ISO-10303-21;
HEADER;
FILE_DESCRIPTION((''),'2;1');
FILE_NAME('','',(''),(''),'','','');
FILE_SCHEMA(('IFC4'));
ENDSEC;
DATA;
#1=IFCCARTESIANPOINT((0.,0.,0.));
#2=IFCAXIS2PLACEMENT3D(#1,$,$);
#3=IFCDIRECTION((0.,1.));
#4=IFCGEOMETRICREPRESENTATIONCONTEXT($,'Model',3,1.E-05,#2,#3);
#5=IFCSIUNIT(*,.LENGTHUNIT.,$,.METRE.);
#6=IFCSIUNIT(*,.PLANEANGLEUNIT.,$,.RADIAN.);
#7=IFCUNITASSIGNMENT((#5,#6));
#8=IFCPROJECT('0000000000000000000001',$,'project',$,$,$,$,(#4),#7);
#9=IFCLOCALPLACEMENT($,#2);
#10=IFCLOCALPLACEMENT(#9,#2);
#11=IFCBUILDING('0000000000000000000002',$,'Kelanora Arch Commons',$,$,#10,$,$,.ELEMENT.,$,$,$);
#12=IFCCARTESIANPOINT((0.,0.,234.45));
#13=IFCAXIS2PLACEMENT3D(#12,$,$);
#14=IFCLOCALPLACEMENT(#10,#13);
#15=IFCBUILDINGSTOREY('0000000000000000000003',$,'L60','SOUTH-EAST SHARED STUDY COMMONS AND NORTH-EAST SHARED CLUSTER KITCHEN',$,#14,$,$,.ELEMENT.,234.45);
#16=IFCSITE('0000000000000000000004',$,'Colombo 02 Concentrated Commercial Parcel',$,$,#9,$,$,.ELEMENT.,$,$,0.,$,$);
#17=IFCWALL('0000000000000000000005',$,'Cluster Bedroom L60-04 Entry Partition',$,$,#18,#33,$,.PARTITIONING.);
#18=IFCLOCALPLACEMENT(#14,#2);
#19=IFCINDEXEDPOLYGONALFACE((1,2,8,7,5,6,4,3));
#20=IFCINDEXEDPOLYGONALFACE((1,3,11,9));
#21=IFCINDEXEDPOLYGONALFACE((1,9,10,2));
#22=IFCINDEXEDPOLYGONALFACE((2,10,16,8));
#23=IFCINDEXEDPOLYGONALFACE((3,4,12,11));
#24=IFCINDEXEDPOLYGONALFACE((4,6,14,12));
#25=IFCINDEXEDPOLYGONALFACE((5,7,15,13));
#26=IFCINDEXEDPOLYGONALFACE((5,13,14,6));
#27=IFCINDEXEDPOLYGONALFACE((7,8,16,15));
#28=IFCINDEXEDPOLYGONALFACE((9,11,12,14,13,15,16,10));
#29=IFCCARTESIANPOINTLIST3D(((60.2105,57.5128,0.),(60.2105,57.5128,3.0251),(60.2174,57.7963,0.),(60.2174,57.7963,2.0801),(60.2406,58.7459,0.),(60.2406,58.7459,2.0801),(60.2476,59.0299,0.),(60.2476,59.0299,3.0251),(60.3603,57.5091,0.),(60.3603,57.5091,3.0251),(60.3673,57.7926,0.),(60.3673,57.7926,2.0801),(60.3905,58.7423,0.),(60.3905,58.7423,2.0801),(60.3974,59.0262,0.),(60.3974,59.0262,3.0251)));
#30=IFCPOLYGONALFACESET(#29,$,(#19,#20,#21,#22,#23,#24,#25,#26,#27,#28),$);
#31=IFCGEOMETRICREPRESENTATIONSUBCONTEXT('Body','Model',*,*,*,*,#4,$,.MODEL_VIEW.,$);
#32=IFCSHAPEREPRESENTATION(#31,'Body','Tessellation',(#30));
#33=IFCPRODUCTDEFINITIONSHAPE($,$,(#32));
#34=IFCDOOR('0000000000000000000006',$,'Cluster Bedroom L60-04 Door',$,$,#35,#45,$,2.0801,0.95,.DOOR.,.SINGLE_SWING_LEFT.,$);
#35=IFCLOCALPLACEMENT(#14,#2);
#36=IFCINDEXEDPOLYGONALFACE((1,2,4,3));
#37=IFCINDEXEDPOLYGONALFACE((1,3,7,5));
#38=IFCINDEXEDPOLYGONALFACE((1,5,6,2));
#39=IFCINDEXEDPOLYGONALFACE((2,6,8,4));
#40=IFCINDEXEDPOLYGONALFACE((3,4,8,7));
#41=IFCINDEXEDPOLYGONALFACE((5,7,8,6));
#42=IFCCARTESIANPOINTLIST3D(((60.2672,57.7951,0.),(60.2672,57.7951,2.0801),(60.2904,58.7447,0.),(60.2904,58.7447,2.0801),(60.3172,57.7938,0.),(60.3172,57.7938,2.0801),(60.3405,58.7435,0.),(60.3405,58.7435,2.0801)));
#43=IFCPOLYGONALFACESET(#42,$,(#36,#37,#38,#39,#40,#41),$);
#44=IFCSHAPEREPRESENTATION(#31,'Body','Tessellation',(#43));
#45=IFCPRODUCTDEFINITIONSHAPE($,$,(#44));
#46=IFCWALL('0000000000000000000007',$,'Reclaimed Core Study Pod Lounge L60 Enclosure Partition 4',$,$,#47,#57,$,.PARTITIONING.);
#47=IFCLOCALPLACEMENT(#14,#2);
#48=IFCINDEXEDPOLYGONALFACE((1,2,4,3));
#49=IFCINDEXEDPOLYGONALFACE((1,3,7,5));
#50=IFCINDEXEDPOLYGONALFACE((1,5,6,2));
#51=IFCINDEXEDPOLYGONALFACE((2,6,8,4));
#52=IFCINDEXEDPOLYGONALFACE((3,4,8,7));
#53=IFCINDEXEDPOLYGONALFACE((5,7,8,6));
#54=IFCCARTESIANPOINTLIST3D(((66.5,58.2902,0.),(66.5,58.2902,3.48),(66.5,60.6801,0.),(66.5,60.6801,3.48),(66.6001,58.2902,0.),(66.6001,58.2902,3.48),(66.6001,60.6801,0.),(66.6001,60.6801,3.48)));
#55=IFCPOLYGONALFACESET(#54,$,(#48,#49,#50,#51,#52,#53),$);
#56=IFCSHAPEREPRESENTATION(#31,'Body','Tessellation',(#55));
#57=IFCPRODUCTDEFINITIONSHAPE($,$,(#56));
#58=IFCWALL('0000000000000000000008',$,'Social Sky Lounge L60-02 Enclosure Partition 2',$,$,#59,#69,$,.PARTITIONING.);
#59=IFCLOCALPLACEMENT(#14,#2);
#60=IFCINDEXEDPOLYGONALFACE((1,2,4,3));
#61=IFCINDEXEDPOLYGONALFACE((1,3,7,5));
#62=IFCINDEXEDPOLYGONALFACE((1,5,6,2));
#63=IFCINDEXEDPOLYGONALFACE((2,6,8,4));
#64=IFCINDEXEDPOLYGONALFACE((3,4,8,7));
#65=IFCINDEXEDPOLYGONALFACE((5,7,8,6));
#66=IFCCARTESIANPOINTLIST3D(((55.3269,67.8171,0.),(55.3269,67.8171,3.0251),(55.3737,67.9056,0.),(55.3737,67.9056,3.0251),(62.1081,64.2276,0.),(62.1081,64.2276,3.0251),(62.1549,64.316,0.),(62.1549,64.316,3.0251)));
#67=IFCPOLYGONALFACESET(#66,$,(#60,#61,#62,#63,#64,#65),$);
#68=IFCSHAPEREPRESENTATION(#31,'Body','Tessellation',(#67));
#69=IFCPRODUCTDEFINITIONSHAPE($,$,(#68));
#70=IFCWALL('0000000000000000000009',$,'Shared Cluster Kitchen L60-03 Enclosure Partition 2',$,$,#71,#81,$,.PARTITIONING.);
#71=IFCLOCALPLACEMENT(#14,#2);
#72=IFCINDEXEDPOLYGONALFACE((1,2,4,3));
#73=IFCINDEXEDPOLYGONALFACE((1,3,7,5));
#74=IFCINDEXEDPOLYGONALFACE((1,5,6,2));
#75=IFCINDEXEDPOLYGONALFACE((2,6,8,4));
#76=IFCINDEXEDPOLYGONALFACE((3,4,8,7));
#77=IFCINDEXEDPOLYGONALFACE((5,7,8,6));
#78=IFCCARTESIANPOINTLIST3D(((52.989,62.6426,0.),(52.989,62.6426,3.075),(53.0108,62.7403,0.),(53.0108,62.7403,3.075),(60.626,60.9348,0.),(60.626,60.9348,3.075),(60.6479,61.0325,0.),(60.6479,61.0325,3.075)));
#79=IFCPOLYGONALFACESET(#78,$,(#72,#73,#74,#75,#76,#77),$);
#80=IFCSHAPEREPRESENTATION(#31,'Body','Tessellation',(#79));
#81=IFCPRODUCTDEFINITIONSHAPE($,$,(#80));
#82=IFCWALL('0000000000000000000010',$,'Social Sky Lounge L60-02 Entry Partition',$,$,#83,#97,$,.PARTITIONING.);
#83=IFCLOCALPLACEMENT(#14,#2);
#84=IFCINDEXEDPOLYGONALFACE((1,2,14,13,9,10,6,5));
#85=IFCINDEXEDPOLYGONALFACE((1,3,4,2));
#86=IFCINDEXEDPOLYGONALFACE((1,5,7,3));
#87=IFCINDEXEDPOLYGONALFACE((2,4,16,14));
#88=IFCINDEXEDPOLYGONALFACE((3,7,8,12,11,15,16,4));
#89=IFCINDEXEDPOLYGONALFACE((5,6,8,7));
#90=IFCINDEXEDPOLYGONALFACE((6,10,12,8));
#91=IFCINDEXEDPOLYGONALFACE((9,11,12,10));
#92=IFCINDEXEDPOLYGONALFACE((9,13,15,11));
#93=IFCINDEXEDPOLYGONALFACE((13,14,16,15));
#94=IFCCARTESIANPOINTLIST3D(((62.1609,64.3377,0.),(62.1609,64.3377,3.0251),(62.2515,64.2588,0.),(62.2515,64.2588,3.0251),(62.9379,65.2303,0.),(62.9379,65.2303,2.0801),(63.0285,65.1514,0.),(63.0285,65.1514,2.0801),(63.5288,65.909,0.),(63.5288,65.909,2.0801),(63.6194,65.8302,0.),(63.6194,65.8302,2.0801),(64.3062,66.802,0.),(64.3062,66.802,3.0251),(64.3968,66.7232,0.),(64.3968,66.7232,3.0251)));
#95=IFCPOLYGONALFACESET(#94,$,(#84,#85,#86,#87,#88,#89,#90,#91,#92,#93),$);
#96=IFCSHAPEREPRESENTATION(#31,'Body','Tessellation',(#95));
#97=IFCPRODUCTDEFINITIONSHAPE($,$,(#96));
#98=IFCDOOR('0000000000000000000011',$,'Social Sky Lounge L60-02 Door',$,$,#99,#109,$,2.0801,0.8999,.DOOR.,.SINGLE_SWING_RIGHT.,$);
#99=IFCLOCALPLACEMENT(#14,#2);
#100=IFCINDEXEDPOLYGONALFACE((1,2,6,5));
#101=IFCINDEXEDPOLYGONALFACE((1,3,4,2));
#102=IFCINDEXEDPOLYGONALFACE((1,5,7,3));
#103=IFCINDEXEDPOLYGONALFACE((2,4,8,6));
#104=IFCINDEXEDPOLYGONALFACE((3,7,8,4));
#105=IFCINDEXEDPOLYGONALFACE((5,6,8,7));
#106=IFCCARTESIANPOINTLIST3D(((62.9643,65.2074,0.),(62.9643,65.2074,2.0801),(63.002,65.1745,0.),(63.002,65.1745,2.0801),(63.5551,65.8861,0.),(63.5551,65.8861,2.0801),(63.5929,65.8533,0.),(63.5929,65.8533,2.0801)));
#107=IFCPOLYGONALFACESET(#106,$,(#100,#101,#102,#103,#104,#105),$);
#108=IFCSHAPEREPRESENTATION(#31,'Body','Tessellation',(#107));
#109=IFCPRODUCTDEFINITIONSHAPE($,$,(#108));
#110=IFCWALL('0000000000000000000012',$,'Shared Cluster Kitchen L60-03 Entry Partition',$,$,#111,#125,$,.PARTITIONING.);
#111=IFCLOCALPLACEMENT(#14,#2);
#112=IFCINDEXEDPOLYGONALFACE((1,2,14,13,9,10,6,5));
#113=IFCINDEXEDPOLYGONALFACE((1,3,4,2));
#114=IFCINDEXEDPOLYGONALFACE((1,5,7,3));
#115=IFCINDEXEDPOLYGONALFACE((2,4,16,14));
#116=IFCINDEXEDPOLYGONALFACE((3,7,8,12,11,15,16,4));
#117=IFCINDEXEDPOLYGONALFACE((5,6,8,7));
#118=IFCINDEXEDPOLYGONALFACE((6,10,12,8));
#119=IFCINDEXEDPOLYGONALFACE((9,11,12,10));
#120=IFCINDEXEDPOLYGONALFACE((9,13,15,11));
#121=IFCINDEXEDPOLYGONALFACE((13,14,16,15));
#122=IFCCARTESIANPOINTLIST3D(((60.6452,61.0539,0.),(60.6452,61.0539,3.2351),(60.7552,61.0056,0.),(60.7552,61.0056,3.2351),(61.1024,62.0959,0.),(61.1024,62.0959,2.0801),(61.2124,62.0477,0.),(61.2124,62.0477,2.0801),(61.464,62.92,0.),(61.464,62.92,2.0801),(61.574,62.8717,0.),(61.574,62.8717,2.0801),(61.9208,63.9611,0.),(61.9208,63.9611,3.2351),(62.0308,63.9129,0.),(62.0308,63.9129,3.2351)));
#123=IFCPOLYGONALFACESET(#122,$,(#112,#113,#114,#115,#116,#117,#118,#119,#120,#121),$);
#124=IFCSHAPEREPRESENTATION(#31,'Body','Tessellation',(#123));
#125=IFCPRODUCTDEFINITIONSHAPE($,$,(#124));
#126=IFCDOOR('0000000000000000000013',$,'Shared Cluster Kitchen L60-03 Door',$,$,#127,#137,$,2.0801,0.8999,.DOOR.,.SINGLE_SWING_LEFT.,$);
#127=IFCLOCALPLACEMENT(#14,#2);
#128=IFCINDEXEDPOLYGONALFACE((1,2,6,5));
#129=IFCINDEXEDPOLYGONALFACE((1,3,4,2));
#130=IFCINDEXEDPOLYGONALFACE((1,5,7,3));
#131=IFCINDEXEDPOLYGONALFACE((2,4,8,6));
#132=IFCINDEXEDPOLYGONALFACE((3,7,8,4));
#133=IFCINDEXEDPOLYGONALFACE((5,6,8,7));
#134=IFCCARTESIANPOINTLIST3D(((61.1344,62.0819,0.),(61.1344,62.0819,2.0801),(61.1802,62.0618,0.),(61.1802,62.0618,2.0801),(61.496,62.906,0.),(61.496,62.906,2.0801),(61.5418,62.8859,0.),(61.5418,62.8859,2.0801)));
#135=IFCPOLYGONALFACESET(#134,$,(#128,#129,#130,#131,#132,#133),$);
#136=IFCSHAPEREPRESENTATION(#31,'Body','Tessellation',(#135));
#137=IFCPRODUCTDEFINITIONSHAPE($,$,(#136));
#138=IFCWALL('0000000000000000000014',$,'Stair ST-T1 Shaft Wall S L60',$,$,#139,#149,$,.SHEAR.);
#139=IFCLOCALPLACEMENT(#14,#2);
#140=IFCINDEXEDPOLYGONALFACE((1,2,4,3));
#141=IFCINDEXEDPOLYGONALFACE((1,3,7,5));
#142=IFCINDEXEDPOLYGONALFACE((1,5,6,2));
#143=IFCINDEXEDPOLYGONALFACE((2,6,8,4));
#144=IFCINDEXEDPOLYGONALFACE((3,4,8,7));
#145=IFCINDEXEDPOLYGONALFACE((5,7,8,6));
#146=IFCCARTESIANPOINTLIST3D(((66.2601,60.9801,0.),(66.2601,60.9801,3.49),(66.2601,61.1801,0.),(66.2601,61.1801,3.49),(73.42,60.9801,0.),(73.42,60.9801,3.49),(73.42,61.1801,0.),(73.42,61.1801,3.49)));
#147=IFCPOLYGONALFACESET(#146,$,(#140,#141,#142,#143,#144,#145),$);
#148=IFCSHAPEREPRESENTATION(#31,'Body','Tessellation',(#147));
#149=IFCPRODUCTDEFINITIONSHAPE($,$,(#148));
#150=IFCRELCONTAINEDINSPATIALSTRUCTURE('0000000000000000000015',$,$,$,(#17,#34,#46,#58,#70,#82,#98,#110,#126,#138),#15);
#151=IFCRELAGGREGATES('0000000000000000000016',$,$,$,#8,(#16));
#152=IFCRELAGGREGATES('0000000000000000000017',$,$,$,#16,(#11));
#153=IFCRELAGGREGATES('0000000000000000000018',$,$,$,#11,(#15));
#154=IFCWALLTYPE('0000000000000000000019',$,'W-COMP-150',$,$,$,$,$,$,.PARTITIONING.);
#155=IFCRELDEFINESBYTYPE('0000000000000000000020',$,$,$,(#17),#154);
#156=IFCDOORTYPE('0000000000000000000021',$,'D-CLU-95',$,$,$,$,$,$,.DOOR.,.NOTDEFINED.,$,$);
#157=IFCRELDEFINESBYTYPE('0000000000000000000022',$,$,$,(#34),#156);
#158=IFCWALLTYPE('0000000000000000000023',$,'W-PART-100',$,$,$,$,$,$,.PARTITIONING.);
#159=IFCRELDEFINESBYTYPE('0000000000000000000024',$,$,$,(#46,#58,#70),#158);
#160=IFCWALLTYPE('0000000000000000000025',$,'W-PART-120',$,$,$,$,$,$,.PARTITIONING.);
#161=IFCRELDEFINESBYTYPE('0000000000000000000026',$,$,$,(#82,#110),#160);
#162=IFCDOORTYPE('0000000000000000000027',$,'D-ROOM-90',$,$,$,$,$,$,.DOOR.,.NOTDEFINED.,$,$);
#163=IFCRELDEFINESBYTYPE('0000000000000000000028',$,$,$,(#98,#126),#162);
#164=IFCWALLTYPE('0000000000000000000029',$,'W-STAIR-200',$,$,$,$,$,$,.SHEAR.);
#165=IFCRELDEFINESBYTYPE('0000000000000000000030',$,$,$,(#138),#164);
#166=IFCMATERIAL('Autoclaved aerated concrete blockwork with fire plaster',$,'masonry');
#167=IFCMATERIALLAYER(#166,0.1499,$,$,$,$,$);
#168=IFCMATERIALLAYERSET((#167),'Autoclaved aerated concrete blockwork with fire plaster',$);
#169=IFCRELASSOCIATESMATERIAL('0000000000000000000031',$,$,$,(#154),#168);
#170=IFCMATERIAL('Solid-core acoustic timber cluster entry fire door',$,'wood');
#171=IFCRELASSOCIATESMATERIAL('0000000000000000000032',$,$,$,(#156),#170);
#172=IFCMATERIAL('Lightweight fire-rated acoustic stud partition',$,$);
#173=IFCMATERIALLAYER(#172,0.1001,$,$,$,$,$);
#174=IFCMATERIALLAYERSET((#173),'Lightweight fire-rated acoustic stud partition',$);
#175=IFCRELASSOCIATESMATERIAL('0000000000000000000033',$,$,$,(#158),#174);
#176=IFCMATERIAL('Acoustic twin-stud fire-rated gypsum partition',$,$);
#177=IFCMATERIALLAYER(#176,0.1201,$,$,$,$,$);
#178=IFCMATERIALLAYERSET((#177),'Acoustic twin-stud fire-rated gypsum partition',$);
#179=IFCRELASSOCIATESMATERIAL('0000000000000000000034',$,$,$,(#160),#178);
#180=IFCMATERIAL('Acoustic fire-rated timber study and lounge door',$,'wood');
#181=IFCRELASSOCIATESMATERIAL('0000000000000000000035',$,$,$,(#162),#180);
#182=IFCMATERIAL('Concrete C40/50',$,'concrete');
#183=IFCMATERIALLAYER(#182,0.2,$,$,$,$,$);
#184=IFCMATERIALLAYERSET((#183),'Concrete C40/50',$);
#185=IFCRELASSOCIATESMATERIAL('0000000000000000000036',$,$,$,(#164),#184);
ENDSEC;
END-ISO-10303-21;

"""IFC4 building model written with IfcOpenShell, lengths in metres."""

from ifc_helpers import new_model, si_unit, direction, frame, frame_2d, origin, place, context, subcontext, project, spatial, rectangle, extrude, material, layer, layer_set, type_object, element, fill, save


model = new_model("IFC4")

# Units and contexts
model_context = context("Model", 3, precision=1e-05, world=origin(), true_north=direction((0.0, 1.0)))
body_context = subcontext(model_context, "Body", "Model", "MODEL_VIEW")
ifc_project = project(units=[si_unit("LENGTHUNIT", "METRE"), si_unit("PLANEANGLEUNIT", "RADIAN")], contexts=[model_context])

# Site, building, storey
site_placement = place(None, origin())
site = spatial("IfcSite", under=ifc_project, at=site_placement, Name="Colombo 02 Concentrated Commercial Parcel", CompositionType="ELEMENT", RefElevation=0.0)
building_placement = place(site_placement, origin())
building = spatial("IfcBuilding", under=site, at=building_placement, Name="Kelanora Arch Commons", CompositionType="ELEMENT")
storey_placement = place(building_placement, frame((0.0, 0.0, 234.45)))
storey = spatial("IfcBuildingStorey", under=building, at=storey_placement, Name="L60", Description="SOUTH-EAST SHARED STUDY COMMONS AND NORTH-EAST SHARED CLUSTER KITCHEN", CompositionType="ELEMENT", Elevation=234.45)

# Wall, opening, door
ifc_material_1 = material(Name="Autoclaved aerated concrete blockwork with fire plaster", Category="masonry")
ifc_layer_1 = layer(ifc_material_1, 0.1499)
ifc_layer_set_1 = layer_set([ifc_layer_1], Name="Autoclaved aerated concrete blockwork with fire plaster")
wall_type_1 = type_object("IfcWallType", Name="W-COMP-150", PredefinedType="PARTITIONING", material=ifc_layer_set_1)
wall_1_placement = place(storey_placement, frame((60.3225, 59.0281, 0.0), z_axis=(0.0, 0.0, 1.0), x_axis=(-0.024454, -0.999701, 0.0)))
wall_1 = element("IfcWall", 1, at=wall_1_placement, inside=storey, type_object=wall_type_1, Name="Cluster Bedroom L60-04 Entry Partition", PredefinedType="PARTITIONING", context=body_context, shape_type="SweptSolid", body=[
    extrude(rectangle(XDim=1.5176, YDim=0.1499, at=frame_2d((0.7588, 0.0))), origin(), (0.0, 0.0, 1.0), 3.0251),
])
opening_1_placement = place(wall_1_placement, frame((0.2839, 0.0, 0.0)))
opening_1 = element("IfcOpeningElement", 2, at=opening_1_placement, cuts=wall_1, PredefinedType="OPENING", context=body_context, shape_type="SweptSolid", body=[
    extrude(rectangle(XDim=0.95, YDim=2.0801, at=frame_2d((0.4751, 1.04))), frame((0.0, 0.085, 0.0), z_axis=(0.0, -1.0, 0.0), x_axis=(1.0, 0.0, 0.0)), (0.0, 0.0, 1.0), 0.1699),
])
ifc_material_2 = material(Name="Solid-core acoustic timber cluster entry fire door", Category="wood")
door_type_1 = type_object("IfcDoorType", Name="D-CLU-95", OperationType="NOTDEFINED", PredefinedType="DOOR", material=ifc_material_2)
door_1_placement = place(opening_1_placement, origin())
door_1 = element("IfcDoor", 3, at=door_1_placement, inside=storey, type_object=door_type_1, Name="Cluster Bedroom L60-04 Door", OperationType="SINGLE_SWING_LEFT", OverallHeight=2.0801, OverallWidth=0.95, PredefinedType="DOOR", context=body_context, shape_type="SweptSolid", body=[
    extrude(rectangle(XDim=0.95, YDim=2.0801, at=frame_2d((0.4751, 1.04))), frame((0.0, 0.0249, 0.0), z_axis=(0.0, -1.0, 0.0), x_axis=(1.0, 0.0, 0.0)), (0.0, 0.0, 1.0), 0.05),
])
fill(opening_1, door_1)

# Walls
ifc_material_3 = material(Name="Lightweight fire-rated acoustic stud partition")
ifc_layer_2 = layer(ifc_material_3, 0.1001)
ifc_layer_set_2 = layer_set([ifc_layer_2], Name="Lightweight fire-rated acoustic stud partition")
wall_type_2 = type_object("IfcWallType", Name="W-PART-100", PredefinedType="PARTITIONING", material=ifc_layer_set_2)
wall_2_placement = place(storey_placement, frame((66.55, 60.6799, 0.0), z_axis=(0.0, 0.0, 1.0), x_axis=(0.0, -1.0, 0.0)))
element("IfcWall", 4, at=wall_2_placement, inside=storey, type_object=wall_type_2, Name="Reclaimed Core Study Pod Lounge L60 Enclosure Partition 4", PredefinedType="PARTITIONING", context=body_context, shape_type="SweptSolid", body=[
    extrude(rectangle(XDim=2.3899, YDim=0.1001, at=frame_2d((1.1948, 0.0))), origin(), (0.0, 0.0, 1.0), 3.48),
])
wall_3_placement = place(storey_placement, frame((62.1316, 64.2717, 0.0), z_axis=(0.0, 0.0, 1.0), x_axis=(-0.883813, 0.467839, 0.0)))
element("IfcWall", 5, at=wall_3_placement, inside=storey, type_object=wall_type_2, Name="Social Sky Lounge L60-02 Enclosure Partition 2", PredefinedType="PARTITIONING", context=body_context, shape_type="SweptSolid", body=[
    extrude(rectangle(XDim=7.6726, YDim=0.1001, at=frame_2d((3.8364, 0.0))), origin(), (0.0, 0.0, 1.0), 3.0251),
])
wall_4_placement = place(storey_placement, frame((60.637, 60.9836, 0.0), z_axis=(0.0, 0.0, 1.0), x_axis=(-0.975898, 0.218228, 0.0)))
element("IfcWall", 6, at=wall_4_placement, inside=storey, type_object=wall_type_2, Name="Shared Cluster Kitchen L60-03 Enclosure Partition 2", PredefinedType="PARTITIONING", context=body_context, shape_type="SweptSolid", body=[
    extrude(rectangle(XDim=7.8257, YDim=0.1001, at=frame_2d((3.9128, 0.0))), origin(), (0.0, 0.0, 1.0), 3.075),
])

# Walls, openings, doors
ifc_material_4 = material(Name="Acoustic twin-stud fire-rated gypsum partition")
ifc_layer_3 = layer(ifc_material_4, 0.1201)
ifc_layer_set_3 = layer_set([ifc_layer_3], Name="Acoustic twin-stud fire-rated gypsum partition")
wall_type_3 = type_object("IfcWallType", Name="W-PART-120", PredefinedType="PARTITIONING", material=ifc_layer_set_3)
wall_5_placement = place(storey_placement, frame((64.3516, 66.7627, 0.0), z_axis=(0.0, 0.0, 1.0), x_axis=(-0.656587, -0.75425, 0.0)))
wall_5 = element("IfcWall", 7, at=wall_5_placement, inside=storey, type_object=wall_type_3, Name="Social Sky Lounge L60-02 Entry Partition", PredefinedType="PARTITIONING", context=body_context, shape_type="SweptSolid", body=[
    extrude(rectangle(XDim=3.2673, YDim=0.1201, at=frame_2d((1.6338, 0.0))), origin(), (0.0, 0.0, 1.0), 3.0251),
])
opening_2_placement = place(wall_5_placement, frame((1.1841, 0.0, 0.0)))
opening_2 = element("IfcOpeningElement", 8, at=opening_2_placement, cuts=wall_5, PredefinedType="OPENING", context=body_context, shape_type="SweptSolid", body=[
    extrude(rectangle(XDim=0.8999, YDim=2.0801, at=frame_2d((0.45, 1.04))), frame((0.0, 0.0701, 0.0), z_axis=(0.0, -1.0, 0.0), x_axis=(1.0, 0.0, 0.0)), (0.0, 0.0, 1.0), 0.1401),
])
ifc_material_5 = material(Name="Acoustic fire-rated timber study and lounge door", Category="wood")
door_type_2 = type_object("IfcDoorType", Name="D-ROOM-90", OperationType="NOTDEFINED", PredefinedType="DOOR", material=ifc_material_5)
door_2_placement = place(opening_2_placement, origin())
door_2 = element("IfcDoor", 9, at=door_2_placement, inside=storey, type_object=door_type_2, Name="Social Sky Lounge L60-02 Door", OperationType="SINGLE_SWING_RIGHT", OverallHeight=2.0801, OverallWidth=0.8999, PredefinedType="DOOR", context=body_context, shape_type="SweptSolid", body=[
    extrude(rectangle(XDim=0.8999, YDim=2.0801, at=frame_2d((0.45, 1.04))), frame((0.0, 0.0249, 0.0), z_axis=(0.0, -1.0, 0.0), x_axis=(1.0, 0.0, 0.0)), (0.0, 0.0, 1.0), 0.05),
])
fill(opening_2, door_2)
wall_6_placement = place(storey_placement, frame((61.9758, 63.937, 0.0), z_axis=(0.0, 0.0, 1.0), x_axis=(-0.401803, -0.915726, 0.0)))
wall_6 = element("IfcWall", 10, at=wall_6_placement, inside=storey, type_object=wall_type_3, Name="Shared Cluster Kitchen L60-03 Entry Partition", PredefinedType="PARTITIONING", context=body_context, shape_type="SweptSolid", body=[
    extrude(rectangle(XDim=3.1748, YDim=0.1201, at=frame_2d((1.5874, 0.0))), origin(), (0.0, 0.0, 1.0), 3.2351),
])
opening_3_placement = place(wall_6_placement, frame((1.137, 0.0, 0.0)))
opening_3 = element("IfcOpeningElement", 11, at=opening_3_placement, cuts=wall_6, PredefinedType="OPENING", context=body_context, shape_type="SweptSolid", body=[
    extrude(rectangle(XDim=0.8999, YDim=2.0801, at=frame_2d((0.45, 1.04))), frame((0.0, 0.0701, 0.0), z_axis=(0.0, -1.0, 0.0), x_axis=(1.0, 0.0, 0.0)), (0.0, 0.0, 1.0), 0.1401),
])
door_3_placement = place(opening_3_placement, origin())
door_3 = element("IfcDoor", 12, at=door_3_placement, inside=storey, type_object=door_type_2, Name="Shared Cluster Kitchen L60-03 Door", OperationType="SINGLE_SWING_LEFT", OverallHeight=2.0801, OverallWidth=0.8999, PredefinedType="DOOR", context=body_context, shape_type="SweptSolid", body=[
    extrude(rectangle(XDim=0.8999, YDim=2.0801, at=frame_2d((0.45, 1.04))), frame((0.0, 0.0249, 0.0), z_axis=(0.0, -1.0, 0.0), x_axis=(1.0, 0.0, 0.0)), (0.0, 0.0, 1.0), 0.05),
])
fill(opening_3, door_3)

# Wall
ifc_material_6 = material(Name="Concrete C40/50", Category="concrete")
ifc_layer_4 = layer(ifc_material_6, 0.2)
ifc_layer_set_4 = layer_set([ifc_layer_4], Name="Concrete C40/50")
wall_type_4 = type_object("IfcWallType", Name="W-STAIR-200", PredefinedType="SHEAR", material=ifc_layer_set_4)
wall_7_placement = place(storey_placement, frame((66.26, 61.0801, 0.0), z_axis=(0.0, 0.0, 1.0), x_axis=(1.0, 0.0, 0.0)))
element("IfcWall", 13, at=wall_7_placement, inside=storey, type_object=wall_type_4, Name="Stair ST-T1 Shaft Wall S L60", PredefinedType="SHEAR", context=body_context, shape_type="SweptSolid", body=[
    extrude(rectangle(XDim=7.1599, YDim=0.2, at=frame_2d((3.5801, 0.0))), origin(), (0.0, 0.0, 1.0), 3.49),
])

save(model, "model.ifc")
